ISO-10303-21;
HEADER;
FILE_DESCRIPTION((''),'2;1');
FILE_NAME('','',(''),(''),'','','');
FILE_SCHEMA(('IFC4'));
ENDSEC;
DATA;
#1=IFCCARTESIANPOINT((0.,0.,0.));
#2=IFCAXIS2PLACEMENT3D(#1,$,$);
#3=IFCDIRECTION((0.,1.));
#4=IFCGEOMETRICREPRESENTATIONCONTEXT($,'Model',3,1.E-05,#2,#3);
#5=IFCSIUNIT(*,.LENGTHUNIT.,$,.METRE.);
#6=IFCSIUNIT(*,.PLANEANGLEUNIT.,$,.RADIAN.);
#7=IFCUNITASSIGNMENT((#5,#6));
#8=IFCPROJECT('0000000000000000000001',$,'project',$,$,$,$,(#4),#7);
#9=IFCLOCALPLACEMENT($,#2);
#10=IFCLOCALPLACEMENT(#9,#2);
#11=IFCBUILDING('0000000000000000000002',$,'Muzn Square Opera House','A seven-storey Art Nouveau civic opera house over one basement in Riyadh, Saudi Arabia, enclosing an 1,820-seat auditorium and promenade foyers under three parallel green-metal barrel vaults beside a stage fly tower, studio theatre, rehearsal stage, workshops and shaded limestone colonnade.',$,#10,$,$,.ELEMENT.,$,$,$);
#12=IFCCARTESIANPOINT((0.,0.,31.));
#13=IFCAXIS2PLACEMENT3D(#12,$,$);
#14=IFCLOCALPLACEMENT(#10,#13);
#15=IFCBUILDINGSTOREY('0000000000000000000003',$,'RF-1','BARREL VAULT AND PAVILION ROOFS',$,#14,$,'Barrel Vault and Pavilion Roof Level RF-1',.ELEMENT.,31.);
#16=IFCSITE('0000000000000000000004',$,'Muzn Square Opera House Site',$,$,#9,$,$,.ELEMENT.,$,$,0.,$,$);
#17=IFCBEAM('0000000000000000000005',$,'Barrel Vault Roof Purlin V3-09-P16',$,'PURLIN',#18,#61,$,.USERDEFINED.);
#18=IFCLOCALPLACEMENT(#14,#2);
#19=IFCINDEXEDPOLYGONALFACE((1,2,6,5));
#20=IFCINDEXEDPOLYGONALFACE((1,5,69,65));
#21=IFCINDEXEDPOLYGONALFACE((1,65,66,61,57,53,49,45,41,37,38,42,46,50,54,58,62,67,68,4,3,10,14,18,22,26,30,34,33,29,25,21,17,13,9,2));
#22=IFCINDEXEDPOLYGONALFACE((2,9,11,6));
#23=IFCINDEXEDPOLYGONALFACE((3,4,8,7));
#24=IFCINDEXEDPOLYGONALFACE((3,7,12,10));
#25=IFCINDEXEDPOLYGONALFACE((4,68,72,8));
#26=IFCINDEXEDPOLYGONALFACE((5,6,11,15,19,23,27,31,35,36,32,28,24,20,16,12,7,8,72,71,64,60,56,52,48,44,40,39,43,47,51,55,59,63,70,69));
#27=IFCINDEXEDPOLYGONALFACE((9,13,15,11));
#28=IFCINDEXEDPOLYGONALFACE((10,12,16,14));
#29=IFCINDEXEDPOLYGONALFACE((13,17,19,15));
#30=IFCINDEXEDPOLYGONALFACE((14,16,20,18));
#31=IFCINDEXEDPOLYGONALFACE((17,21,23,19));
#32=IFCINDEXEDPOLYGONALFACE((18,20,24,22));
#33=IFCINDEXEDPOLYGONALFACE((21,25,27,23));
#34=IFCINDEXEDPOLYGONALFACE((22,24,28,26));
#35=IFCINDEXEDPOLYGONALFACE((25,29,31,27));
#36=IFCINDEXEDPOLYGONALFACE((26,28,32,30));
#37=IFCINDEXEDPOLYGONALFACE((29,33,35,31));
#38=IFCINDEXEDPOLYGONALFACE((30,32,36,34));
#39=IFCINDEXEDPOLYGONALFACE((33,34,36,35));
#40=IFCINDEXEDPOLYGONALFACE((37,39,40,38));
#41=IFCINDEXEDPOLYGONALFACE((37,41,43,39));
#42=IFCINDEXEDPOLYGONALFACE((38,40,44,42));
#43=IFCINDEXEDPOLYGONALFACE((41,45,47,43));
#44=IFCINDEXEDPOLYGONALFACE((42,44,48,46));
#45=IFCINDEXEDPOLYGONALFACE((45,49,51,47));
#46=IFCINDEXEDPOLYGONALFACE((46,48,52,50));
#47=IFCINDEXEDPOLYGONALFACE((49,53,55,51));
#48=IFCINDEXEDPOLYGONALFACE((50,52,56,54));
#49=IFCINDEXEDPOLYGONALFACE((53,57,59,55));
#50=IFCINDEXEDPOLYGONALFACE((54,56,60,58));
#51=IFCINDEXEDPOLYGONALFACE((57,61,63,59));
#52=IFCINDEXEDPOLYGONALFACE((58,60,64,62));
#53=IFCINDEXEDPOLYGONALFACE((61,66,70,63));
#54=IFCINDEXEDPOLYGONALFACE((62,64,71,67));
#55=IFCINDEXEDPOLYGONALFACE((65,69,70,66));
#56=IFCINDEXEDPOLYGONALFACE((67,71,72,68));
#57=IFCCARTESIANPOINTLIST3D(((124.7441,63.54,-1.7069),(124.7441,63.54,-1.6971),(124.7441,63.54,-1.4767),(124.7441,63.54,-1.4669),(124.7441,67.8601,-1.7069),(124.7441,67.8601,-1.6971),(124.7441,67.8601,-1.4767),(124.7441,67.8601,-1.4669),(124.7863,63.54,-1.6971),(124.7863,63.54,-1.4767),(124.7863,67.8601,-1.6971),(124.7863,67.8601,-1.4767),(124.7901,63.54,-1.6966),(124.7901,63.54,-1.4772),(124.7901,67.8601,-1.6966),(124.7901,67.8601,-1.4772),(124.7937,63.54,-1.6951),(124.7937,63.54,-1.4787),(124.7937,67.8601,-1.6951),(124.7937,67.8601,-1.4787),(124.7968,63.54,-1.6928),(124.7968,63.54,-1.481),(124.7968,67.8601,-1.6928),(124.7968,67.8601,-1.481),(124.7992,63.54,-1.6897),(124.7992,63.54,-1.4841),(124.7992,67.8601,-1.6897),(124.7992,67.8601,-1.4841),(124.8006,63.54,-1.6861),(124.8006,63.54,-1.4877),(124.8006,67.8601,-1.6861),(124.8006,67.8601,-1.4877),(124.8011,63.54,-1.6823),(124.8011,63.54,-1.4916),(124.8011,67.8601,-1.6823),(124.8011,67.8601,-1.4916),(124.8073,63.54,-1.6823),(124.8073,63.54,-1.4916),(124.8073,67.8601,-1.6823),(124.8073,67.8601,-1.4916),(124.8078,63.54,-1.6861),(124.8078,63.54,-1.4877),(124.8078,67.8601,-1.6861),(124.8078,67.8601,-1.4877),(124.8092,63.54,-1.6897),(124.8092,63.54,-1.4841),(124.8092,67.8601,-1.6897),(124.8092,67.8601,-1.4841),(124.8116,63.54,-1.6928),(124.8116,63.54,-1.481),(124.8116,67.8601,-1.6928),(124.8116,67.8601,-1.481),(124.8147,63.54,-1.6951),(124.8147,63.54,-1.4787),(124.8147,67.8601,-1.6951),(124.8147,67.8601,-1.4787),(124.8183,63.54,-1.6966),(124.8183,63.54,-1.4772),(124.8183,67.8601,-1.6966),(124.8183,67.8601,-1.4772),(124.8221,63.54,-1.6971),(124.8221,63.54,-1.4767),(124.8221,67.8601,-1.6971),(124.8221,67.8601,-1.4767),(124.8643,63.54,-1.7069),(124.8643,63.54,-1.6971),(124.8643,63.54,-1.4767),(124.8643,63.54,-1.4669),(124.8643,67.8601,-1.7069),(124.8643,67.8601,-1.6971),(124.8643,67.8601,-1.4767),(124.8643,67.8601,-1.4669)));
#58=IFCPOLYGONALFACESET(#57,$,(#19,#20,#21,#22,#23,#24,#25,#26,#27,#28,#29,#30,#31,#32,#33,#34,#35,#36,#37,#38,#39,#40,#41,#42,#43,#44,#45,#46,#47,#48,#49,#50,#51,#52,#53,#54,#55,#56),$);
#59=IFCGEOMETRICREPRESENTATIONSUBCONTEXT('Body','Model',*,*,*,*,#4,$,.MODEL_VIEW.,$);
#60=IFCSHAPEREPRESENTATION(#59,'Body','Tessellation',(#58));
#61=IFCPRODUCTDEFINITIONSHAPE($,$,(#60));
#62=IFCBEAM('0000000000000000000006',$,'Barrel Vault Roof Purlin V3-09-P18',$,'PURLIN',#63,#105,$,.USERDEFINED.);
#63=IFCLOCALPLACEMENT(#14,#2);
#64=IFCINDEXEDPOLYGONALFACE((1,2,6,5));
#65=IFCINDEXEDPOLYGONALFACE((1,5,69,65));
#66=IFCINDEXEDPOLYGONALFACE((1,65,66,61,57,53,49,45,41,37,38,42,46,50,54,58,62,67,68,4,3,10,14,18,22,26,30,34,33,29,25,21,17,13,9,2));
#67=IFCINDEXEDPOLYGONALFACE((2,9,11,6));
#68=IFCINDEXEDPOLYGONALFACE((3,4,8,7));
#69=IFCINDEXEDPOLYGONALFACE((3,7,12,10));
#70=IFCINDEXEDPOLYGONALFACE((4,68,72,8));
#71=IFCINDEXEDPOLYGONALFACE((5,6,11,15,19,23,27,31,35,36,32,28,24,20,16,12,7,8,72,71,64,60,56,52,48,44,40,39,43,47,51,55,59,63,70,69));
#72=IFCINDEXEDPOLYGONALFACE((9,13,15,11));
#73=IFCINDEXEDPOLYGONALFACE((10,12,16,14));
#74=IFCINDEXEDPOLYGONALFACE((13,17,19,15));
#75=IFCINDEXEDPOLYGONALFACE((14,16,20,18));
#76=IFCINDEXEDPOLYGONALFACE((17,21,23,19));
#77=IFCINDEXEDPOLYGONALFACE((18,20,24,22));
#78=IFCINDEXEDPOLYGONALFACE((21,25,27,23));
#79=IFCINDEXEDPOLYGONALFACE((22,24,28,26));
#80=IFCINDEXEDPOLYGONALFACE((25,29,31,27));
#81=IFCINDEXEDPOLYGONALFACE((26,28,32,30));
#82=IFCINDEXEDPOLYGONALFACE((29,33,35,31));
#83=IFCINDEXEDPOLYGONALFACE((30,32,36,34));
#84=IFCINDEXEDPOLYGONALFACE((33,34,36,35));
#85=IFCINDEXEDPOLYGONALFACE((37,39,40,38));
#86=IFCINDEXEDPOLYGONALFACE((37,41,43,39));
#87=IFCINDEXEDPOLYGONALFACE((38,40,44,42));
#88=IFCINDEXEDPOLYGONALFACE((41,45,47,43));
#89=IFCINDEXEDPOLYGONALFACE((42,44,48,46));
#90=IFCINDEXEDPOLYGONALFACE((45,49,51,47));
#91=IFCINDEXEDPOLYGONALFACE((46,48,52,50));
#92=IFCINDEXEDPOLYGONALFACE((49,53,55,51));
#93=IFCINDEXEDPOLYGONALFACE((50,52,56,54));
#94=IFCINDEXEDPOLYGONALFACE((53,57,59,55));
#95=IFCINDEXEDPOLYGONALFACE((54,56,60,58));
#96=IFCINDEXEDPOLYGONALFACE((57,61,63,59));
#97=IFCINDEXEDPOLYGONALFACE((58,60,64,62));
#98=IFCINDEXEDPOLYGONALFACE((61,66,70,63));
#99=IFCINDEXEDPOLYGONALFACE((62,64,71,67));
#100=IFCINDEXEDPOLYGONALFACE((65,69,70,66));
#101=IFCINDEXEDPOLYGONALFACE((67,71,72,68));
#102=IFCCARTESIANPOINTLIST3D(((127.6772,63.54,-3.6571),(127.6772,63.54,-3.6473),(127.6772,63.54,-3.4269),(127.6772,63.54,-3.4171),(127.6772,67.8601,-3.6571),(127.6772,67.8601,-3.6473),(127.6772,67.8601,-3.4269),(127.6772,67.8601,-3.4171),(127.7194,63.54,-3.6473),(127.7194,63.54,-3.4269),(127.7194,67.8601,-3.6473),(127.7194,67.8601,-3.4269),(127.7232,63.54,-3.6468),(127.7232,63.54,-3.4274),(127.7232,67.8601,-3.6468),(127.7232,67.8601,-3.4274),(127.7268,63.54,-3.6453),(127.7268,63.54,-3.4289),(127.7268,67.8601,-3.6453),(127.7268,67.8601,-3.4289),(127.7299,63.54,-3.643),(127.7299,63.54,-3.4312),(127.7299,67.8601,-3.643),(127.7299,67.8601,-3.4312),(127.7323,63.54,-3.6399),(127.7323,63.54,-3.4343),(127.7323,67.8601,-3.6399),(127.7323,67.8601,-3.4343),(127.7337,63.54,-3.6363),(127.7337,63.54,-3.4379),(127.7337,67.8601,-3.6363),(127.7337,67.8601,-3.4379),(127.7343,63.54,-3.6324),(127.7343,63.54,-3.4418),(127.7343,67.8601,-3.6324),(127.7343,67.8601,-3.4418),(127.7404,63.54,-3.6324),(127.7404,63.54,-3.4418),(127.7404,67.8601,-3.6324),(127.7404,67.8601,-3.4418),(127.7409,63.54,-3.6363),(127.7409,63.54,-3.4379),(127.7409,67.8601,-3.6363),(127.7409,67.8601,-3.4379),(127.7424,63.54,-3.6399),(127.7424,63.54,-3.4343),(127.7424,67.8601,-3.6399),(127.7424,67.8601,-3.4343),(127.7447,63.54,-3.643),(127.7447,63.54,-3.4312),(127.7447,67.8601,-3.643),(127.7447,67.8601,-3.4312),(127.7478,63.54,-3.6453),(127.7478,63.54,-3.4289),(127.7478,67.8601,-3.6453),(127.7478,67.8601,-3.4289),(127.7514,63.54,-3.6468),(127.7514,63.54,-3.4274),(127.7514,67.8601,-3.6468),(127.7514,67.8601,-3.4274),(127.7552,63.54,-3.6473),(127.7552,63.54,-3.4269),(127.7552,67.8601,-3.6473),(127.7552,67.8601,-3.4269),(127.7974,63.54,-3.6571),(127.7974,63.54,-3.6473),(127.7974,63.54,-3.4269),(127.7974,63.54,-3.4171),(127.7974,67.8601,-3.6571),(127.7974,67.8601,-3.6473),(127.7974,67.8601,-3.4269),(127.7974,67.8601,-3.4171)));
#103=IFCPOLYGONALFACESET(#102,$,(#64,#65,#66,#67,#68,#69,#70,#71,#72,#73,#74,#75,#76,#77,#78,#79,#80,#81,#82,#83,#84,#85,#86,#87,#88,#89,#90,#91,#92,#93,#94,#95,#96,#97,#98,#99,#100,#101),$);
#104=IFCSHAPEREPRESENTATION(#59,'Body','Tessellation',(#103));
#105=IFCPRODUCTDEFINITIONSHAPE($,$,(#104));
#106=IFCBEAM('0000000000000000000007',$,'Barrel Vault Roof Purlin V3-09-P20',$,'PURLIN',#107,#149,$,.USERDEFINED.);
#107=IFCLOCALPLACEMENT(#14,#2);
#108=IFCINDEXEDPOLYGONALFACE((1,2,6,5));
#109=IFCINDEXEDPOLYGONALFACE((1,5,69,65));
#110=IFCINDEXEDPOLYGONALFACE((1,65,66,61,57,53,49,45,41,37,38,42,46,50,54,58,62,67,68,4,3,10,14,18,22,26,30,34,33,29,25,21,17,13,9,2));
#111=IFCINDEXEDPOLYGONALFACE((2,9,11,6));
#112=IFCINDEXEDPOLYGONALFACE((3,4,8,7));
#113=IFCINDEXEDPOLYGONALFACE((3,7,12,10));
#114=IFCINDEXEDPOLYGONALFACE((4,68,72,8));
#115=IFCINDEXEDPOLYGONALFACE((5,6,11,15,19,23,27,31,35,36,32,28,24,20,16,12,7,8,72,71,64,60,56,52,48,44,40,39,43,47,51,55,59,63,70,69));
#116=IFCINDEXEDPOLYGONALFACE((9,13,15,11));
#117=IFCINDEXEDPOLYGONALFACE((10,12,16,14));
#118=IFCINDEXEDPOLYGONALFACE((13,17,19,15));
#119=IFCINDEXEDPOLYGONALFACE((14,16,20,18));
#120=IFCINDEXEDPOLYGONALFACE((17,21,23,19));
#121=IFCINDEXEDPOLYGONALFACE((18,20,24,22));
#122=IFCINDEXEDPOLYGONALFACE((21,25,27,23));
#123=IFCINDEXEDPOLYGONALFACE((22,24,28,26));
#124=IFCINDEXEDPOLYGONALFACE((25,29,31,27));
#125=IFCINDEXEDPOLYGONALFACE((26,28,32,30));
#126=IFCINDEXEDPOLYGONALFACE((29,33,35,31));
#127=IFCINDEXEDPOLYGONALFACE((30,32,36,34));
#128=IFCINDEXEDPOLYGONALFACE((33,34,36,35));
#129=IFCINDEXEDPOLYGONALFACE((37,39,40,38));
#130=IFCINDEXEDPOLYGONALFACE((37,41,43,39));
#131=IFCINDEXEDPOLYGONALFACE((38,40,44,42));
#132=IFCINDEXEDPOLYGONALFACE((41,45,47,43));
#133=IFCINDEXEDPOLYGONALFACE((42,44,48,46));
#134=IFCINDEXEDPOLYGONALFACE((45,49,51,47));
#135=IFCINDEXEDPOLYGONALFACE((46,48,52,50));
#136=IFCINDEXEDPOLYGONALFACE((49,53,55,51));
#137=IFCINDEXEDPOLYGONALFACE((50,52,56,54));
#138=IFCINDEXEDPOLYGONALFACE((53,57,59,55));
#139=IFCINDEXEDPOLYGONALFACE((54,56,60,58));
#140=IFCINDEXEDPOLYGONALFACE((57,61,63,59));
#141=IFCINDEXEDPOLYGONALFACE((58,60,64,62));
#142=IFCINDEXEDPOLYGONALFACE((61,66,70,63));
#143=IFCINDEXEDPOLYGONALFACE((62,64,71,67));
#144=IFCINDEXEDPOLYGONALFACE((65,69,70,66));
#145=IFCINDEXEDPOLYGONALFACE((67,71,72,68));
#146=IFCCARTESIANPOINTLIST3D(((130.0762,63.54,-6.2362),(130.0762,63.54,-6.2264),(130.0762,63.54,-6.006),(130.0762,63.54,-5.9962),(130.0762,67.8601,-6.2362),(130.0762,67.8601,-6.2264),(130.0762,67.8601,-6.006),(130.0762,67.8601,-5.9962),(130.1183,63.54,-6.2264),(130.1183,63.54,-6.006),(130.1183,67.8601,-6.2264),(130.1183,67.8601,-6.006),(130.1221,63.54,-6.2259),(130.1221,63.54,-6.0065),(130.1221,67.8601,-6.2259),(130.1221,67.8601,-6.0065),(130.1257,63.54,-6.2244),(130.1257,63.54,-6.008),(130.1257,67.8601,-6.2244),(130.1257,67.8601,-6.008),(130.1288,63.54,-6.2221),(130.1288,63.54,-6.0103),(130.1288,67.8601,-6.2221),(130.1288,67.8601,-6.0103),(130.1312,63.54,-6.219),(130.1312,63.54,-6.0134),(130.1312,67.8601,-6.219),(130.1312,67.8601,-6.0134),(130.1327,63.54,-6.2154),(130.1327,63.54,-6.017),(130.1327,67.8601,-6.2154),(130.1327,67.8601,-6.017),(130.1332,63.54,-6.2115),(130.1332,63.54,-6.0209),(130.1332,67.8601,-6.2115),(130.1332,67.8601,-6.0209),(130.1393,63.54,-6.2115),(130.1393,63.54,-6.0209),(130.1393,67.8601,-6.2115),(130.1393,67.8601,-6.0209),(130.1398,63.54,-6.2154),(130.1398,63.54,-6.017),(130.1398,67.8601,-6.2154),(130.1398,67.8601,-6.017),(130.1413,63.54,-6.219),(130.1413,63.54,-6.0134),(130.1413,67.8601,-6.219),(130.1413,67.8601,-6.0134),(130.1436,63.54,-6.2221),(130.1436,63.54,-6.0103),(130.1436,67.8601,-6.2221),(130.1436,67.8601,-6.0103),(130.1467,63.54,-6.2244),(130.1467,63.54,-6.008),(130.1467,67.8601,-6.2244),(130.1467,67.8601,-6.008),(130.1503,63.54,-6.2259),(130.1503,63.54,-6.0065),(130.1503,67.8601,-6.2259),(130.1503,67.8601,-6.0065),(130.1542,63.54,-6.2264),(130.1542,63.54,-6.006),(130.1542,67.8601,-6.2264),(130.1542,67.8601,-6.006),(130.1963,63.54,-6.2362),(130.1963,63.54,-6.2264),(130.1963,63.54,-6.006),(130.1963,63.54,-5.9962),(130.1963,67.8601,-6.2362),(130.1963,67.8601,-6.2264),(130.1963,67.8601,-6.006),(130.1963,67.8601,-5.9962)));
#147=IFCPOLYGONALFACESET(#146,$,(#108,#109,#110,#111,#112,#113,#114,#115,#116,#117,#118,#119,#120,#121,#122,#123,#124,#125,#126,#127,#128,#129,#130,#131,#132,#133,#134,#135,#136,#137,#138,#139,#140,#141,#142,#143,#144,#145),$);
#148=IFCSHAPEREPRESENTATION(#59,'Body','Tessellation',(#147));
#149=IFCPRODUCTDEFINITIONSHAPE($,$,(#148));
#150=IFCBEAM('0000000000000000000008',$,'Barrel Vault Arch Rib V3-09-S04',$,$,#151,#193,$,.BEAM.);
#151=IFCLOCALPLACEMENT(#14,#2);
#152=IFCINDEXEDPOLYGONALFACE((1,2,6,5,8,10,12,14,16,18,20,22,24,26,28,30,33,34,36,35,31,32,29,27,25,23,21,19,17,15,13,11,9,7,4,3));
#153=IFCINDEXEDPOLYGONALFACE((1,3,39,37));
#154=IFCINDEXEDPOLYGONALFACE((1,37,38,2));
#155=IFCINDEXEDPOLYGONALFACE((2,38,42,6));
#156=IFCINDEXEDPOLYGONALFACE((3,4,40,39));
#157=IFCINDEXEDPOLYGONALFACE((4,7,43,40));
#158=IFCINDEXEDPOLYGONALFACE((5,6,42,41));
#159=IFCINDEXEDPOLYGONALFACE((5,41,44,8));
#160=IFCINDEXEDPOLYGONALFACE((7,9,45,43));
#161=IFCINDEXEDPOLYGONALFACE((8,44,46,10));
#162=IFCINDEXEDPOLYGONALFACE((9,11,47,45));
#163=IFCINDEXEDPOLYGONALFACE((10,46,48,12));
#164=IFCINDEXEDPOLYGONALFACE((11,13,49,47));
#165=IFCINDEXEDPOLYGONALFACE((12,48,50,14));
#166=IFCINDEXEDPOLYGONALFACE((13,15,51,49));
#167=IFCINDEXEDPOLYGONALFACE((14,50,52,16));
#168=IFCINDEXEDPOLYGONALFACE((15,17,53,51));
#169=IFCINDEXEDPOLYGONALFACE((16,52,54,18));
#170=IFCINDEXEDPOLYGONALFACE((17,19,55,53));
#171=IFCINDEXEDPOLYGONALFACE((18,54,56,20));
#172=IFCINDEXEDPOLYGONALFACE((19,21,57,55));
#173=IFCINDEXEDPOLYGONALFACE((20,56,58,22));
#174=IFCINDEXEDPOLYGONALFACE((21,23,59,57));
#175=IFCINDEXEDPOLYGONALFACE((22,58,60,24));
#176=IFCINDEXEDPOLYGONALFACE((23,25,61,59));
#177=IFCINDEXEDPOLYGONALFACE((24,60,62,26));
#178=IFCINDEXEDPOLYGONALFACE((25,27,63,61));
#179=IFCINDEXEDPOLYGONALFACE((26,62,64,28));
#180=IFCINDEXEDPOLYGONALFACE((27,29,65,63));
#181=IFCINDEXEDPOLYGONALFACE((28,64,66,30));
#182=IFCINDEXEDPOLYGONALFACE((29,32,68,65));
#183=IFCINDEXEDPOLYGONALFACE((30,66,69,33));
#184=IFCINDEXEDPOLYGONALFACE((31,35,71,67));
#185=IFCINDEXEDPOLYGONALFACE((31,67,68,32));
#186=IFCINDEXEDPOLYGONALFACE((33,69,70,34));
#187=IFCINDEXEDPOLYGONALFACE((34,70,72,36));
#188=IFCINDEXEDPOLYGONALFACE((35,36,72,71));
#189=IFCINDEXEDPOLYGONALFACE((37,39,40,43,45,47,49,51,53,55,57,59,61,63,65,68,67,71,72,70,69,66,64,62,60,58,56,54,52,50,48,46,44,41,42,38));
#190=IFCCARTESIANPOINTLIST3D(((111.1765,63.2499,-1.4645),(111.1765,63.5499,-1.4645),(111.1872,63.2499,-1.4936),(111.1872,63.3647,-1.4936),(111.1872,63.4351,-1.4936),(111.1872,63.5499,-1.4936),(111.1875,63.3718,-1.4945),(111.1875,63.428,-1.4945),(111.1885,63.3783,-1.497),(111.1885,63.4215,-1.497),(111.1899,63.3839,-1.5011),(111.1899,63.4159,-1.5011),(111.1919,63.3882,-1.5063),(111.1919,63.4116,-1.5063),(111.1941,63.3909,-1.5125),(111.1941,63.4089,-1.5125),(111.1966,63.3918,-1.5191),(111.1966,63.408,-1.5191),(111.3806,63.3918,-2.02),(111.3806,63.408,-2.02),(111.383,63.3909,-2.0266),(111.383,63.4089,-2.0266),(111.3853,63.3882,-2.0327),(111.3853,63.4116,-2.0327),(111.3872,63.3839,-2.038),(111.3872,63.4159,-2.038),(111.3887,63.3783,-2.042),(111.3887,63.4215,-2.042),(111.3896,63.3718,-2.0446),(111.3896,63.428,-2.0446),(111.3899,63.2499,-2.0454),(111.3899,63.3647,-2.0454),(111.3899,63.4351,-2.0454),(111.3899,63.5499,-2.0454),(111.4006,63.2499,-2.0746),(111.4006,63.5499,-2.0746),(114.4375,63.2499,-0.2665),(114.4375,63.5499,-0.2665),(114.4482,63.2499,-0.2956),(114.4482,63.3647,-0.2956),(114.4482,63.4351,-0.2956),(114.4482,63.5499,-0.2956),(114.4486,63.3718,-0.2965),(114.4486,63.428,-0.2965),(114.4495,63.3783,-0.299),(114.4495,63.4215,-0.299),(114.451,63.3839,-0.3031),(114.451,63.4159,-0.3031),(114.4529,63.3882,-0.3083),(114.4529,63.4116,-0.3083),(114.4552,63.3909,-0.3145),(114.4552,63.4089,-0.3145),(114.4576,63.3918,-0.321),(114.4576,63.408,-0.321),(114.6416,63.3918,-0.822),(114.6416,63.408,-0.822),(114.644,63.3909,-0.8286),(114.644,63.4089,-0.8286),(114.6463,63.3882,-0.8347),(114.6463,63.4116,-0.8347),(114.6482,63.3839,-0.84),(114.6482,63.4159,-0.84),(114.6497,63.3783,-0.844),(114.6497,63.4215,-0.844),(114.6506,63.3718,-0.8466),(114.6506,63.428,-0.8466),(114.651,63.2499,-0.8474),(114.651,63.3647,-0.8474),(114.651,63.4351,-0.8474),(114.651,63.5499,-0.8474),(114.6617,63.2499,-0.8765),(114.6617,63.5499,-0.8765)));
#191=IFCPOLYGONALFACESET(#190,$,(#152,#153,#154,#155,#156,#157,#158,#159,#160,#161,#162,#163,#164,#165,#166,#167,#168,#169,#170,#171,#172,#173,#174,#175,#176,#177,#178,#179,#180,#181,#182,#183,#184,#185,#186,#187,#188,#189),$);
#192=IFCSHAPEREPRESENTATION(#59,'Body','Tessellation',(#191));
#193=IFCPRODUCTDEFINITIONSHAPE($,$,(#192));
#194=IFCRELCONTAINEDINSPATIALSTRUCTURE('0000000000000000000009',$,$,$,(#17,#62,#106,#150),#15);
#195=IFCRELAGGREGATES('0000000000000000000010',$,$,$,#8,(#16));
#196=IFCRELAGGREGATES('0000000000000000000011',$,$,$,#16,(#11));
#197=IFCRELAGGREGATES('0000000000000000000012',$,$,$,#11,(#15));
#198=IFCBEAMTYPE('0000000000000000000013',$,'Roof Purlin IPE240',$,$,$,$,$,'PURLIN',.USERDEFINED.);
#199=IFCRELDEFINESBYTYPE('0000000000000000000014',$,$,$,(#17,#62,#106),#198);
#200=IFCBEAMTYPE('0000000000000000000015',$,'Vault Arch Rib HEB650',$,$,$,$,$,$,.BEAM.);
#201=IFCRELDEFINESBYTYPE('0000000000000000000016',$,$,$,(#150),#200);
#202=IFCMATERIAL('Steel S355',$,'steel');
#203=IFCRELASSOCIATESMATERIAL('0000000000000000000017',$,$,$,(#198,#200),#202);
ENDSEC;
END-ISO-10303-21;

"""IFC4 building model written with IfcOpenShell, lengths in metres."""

from ifc_helpers import new_model, si_unit, direction, frame, origin, origin_2d, place, context, subcontext, project, spatial, i_section, extrude, material, material_profile, profile_set, type_object, element, save


model = new_model("IFC4")

# Units and contexts
model_context = context("Model", 3, precision=1e-05, world=origin(), true_north=direction((0.0, 1.0)))
body_context = subcontext(model_context, "Body", "Model", "MODEL_VIEW")
ifc_project = project(units=[si_unit("LENGTHUNIT", "METRE"), si_unit("PLANEANGLEUNIT", "RADIAN")], contexts=[model_context])

# Site, building, storey
site_placement = place(None, origin())
site = spatial("IfcSite", under=ifc_project, at=site_placement, Name="Muzn Square Opera House Site", CompositionType="ELEMENT", RefElevation=0.0)
building_placement = place(site_placement, origin())
building = spatial("IfcBuilding", under=site, at=building_placement, Name="Muzn Square Opera House", Description="A seven-storey Art Nouveau civic opera house over one basement in Riyadh, Saudi Arabia, enclosing an 1,820-seat auditorium and promenade foyers under three parallel green-metal barrel vaults beside a stage fly tower, studio theatre, rehearsal stage, workshops and shaded limestone colonnade.", CompositionType="ELEMENT")
storey_placement = place(building_placement, frame((0.0, 0.0, 31.0)))
storey = spatial("IfcBuildingStorey", under=building, at=storey_placement, Name="RF-1", Description="BARREL VAULT AND PAVILION ROOFS", LongName="Barrel Vault and Pavilion Roof Level RF-1", CompositionType="ELEMENT", Elevation=31.0)

# Beams
ifc_material_1 = material(Name="Steel S355", Category="steel")
ifc_material_profile_1 = material_profile(ifc_material_1, i_section(OverallWidth=0.1201, OverallDepth=0.24, WebThickness=0.0061, FlangeThickness=0.0098, FilletRadius=0.0149, at=origin_2d()), Name="IPE 240", Category="steel")
ifc_profile_set_1 = profile_set([ifc_material_profile_1], Name="Steel S355")
beam_type_1 = type_object("IfcBeamType", Name="Roof Purlin IPE240", ElementType="PURLIN", PredefinedType="USERDEFINED", material=ifc_profile_set_1)
for number, where, z_axis, x_axis, name in (
    (1, (124.8042, 63.54, -1.5869), (0.0, 1.0, 0.0), (-1.0, 0.0, 0.0), "Barrel Vault Roof Purlin V3-09-P16"),
    (2, (127.7373, 63.54, -3.5371), (0.0, 1.0, 0.0), (-1.0, 0.0, 0.0), "Barrel Vault Roof Purlin V3-09-P18"),
    (3, (130.1362, 63.54, -6.1162), (0.0, 1.0, 0.0), (-1.0, 0.0, 0.0), "Barrel Vault Roof Purlin V3-09-P20"),
):
    element("IfcBeam", number, at=place(storey_placement, frame(where, z_axis=z_axis, x_axis=x_axis)), inside=storey, type_object=beam_type_1, Name=name, ObjectType="PURLIN", PredefinedType="USERDEFINED", context=body_context, shape_type="SweptSolid", body=[
        extrude(i_section(OverallWidth=0.1201, OverallDepth=0.24, WebThickness=0.0061, FlangeThickness=0.0098, FilletRadius=0.0149, at=origin_2d()), origin(), (0.0, 0.0, 1.0), 4.3201),
    ])
ifc_material_profile_2 = material_profile(ifc_material_1, i_section(OverallWidth=0.3, OverallDepth=0.6499, WebThickness=0.0161, FlangeThickness=0.031, FilletRadius=0.0271, at=origin_2d()), Name="HEB 650", Category="steel")
ifc_profile_set_2 = profile_set([ifc_material_profile_2], Name="Steel S355")
beam_type_2 = type_object("IfcBeamType", Name="Vault Arch Rib HEB650", PredefinedType="BEAM", material=ifc_profile_set_2)
beam_1_placement = place(storey_placement, frame((111.2886, 63.3999, -1.7695), z_axis=(0.938662, 0.0, 0.344839), x_axis=(0.0, 1.0, 0.0)))
element("IfcBeam", 4, at=beam_1_placement, inside=storey, type_object=beam_type_2, Name="Barrel Vault Arch Rib V3-09-S04", PredefinedType="BEAM", context=body_context, shape_type="SweptSolid", body=[
    extrude(i_section(OverallWidth=0.3, OverallDepth=0.6499, WebThickness=0.0161, FlangeThickness=0.031, FilletRadius=0.0271, at=origin_2d()), origin(), (0.0, 0.0, 1.0), 3.4741),
])

save(model, "model.ifc")
